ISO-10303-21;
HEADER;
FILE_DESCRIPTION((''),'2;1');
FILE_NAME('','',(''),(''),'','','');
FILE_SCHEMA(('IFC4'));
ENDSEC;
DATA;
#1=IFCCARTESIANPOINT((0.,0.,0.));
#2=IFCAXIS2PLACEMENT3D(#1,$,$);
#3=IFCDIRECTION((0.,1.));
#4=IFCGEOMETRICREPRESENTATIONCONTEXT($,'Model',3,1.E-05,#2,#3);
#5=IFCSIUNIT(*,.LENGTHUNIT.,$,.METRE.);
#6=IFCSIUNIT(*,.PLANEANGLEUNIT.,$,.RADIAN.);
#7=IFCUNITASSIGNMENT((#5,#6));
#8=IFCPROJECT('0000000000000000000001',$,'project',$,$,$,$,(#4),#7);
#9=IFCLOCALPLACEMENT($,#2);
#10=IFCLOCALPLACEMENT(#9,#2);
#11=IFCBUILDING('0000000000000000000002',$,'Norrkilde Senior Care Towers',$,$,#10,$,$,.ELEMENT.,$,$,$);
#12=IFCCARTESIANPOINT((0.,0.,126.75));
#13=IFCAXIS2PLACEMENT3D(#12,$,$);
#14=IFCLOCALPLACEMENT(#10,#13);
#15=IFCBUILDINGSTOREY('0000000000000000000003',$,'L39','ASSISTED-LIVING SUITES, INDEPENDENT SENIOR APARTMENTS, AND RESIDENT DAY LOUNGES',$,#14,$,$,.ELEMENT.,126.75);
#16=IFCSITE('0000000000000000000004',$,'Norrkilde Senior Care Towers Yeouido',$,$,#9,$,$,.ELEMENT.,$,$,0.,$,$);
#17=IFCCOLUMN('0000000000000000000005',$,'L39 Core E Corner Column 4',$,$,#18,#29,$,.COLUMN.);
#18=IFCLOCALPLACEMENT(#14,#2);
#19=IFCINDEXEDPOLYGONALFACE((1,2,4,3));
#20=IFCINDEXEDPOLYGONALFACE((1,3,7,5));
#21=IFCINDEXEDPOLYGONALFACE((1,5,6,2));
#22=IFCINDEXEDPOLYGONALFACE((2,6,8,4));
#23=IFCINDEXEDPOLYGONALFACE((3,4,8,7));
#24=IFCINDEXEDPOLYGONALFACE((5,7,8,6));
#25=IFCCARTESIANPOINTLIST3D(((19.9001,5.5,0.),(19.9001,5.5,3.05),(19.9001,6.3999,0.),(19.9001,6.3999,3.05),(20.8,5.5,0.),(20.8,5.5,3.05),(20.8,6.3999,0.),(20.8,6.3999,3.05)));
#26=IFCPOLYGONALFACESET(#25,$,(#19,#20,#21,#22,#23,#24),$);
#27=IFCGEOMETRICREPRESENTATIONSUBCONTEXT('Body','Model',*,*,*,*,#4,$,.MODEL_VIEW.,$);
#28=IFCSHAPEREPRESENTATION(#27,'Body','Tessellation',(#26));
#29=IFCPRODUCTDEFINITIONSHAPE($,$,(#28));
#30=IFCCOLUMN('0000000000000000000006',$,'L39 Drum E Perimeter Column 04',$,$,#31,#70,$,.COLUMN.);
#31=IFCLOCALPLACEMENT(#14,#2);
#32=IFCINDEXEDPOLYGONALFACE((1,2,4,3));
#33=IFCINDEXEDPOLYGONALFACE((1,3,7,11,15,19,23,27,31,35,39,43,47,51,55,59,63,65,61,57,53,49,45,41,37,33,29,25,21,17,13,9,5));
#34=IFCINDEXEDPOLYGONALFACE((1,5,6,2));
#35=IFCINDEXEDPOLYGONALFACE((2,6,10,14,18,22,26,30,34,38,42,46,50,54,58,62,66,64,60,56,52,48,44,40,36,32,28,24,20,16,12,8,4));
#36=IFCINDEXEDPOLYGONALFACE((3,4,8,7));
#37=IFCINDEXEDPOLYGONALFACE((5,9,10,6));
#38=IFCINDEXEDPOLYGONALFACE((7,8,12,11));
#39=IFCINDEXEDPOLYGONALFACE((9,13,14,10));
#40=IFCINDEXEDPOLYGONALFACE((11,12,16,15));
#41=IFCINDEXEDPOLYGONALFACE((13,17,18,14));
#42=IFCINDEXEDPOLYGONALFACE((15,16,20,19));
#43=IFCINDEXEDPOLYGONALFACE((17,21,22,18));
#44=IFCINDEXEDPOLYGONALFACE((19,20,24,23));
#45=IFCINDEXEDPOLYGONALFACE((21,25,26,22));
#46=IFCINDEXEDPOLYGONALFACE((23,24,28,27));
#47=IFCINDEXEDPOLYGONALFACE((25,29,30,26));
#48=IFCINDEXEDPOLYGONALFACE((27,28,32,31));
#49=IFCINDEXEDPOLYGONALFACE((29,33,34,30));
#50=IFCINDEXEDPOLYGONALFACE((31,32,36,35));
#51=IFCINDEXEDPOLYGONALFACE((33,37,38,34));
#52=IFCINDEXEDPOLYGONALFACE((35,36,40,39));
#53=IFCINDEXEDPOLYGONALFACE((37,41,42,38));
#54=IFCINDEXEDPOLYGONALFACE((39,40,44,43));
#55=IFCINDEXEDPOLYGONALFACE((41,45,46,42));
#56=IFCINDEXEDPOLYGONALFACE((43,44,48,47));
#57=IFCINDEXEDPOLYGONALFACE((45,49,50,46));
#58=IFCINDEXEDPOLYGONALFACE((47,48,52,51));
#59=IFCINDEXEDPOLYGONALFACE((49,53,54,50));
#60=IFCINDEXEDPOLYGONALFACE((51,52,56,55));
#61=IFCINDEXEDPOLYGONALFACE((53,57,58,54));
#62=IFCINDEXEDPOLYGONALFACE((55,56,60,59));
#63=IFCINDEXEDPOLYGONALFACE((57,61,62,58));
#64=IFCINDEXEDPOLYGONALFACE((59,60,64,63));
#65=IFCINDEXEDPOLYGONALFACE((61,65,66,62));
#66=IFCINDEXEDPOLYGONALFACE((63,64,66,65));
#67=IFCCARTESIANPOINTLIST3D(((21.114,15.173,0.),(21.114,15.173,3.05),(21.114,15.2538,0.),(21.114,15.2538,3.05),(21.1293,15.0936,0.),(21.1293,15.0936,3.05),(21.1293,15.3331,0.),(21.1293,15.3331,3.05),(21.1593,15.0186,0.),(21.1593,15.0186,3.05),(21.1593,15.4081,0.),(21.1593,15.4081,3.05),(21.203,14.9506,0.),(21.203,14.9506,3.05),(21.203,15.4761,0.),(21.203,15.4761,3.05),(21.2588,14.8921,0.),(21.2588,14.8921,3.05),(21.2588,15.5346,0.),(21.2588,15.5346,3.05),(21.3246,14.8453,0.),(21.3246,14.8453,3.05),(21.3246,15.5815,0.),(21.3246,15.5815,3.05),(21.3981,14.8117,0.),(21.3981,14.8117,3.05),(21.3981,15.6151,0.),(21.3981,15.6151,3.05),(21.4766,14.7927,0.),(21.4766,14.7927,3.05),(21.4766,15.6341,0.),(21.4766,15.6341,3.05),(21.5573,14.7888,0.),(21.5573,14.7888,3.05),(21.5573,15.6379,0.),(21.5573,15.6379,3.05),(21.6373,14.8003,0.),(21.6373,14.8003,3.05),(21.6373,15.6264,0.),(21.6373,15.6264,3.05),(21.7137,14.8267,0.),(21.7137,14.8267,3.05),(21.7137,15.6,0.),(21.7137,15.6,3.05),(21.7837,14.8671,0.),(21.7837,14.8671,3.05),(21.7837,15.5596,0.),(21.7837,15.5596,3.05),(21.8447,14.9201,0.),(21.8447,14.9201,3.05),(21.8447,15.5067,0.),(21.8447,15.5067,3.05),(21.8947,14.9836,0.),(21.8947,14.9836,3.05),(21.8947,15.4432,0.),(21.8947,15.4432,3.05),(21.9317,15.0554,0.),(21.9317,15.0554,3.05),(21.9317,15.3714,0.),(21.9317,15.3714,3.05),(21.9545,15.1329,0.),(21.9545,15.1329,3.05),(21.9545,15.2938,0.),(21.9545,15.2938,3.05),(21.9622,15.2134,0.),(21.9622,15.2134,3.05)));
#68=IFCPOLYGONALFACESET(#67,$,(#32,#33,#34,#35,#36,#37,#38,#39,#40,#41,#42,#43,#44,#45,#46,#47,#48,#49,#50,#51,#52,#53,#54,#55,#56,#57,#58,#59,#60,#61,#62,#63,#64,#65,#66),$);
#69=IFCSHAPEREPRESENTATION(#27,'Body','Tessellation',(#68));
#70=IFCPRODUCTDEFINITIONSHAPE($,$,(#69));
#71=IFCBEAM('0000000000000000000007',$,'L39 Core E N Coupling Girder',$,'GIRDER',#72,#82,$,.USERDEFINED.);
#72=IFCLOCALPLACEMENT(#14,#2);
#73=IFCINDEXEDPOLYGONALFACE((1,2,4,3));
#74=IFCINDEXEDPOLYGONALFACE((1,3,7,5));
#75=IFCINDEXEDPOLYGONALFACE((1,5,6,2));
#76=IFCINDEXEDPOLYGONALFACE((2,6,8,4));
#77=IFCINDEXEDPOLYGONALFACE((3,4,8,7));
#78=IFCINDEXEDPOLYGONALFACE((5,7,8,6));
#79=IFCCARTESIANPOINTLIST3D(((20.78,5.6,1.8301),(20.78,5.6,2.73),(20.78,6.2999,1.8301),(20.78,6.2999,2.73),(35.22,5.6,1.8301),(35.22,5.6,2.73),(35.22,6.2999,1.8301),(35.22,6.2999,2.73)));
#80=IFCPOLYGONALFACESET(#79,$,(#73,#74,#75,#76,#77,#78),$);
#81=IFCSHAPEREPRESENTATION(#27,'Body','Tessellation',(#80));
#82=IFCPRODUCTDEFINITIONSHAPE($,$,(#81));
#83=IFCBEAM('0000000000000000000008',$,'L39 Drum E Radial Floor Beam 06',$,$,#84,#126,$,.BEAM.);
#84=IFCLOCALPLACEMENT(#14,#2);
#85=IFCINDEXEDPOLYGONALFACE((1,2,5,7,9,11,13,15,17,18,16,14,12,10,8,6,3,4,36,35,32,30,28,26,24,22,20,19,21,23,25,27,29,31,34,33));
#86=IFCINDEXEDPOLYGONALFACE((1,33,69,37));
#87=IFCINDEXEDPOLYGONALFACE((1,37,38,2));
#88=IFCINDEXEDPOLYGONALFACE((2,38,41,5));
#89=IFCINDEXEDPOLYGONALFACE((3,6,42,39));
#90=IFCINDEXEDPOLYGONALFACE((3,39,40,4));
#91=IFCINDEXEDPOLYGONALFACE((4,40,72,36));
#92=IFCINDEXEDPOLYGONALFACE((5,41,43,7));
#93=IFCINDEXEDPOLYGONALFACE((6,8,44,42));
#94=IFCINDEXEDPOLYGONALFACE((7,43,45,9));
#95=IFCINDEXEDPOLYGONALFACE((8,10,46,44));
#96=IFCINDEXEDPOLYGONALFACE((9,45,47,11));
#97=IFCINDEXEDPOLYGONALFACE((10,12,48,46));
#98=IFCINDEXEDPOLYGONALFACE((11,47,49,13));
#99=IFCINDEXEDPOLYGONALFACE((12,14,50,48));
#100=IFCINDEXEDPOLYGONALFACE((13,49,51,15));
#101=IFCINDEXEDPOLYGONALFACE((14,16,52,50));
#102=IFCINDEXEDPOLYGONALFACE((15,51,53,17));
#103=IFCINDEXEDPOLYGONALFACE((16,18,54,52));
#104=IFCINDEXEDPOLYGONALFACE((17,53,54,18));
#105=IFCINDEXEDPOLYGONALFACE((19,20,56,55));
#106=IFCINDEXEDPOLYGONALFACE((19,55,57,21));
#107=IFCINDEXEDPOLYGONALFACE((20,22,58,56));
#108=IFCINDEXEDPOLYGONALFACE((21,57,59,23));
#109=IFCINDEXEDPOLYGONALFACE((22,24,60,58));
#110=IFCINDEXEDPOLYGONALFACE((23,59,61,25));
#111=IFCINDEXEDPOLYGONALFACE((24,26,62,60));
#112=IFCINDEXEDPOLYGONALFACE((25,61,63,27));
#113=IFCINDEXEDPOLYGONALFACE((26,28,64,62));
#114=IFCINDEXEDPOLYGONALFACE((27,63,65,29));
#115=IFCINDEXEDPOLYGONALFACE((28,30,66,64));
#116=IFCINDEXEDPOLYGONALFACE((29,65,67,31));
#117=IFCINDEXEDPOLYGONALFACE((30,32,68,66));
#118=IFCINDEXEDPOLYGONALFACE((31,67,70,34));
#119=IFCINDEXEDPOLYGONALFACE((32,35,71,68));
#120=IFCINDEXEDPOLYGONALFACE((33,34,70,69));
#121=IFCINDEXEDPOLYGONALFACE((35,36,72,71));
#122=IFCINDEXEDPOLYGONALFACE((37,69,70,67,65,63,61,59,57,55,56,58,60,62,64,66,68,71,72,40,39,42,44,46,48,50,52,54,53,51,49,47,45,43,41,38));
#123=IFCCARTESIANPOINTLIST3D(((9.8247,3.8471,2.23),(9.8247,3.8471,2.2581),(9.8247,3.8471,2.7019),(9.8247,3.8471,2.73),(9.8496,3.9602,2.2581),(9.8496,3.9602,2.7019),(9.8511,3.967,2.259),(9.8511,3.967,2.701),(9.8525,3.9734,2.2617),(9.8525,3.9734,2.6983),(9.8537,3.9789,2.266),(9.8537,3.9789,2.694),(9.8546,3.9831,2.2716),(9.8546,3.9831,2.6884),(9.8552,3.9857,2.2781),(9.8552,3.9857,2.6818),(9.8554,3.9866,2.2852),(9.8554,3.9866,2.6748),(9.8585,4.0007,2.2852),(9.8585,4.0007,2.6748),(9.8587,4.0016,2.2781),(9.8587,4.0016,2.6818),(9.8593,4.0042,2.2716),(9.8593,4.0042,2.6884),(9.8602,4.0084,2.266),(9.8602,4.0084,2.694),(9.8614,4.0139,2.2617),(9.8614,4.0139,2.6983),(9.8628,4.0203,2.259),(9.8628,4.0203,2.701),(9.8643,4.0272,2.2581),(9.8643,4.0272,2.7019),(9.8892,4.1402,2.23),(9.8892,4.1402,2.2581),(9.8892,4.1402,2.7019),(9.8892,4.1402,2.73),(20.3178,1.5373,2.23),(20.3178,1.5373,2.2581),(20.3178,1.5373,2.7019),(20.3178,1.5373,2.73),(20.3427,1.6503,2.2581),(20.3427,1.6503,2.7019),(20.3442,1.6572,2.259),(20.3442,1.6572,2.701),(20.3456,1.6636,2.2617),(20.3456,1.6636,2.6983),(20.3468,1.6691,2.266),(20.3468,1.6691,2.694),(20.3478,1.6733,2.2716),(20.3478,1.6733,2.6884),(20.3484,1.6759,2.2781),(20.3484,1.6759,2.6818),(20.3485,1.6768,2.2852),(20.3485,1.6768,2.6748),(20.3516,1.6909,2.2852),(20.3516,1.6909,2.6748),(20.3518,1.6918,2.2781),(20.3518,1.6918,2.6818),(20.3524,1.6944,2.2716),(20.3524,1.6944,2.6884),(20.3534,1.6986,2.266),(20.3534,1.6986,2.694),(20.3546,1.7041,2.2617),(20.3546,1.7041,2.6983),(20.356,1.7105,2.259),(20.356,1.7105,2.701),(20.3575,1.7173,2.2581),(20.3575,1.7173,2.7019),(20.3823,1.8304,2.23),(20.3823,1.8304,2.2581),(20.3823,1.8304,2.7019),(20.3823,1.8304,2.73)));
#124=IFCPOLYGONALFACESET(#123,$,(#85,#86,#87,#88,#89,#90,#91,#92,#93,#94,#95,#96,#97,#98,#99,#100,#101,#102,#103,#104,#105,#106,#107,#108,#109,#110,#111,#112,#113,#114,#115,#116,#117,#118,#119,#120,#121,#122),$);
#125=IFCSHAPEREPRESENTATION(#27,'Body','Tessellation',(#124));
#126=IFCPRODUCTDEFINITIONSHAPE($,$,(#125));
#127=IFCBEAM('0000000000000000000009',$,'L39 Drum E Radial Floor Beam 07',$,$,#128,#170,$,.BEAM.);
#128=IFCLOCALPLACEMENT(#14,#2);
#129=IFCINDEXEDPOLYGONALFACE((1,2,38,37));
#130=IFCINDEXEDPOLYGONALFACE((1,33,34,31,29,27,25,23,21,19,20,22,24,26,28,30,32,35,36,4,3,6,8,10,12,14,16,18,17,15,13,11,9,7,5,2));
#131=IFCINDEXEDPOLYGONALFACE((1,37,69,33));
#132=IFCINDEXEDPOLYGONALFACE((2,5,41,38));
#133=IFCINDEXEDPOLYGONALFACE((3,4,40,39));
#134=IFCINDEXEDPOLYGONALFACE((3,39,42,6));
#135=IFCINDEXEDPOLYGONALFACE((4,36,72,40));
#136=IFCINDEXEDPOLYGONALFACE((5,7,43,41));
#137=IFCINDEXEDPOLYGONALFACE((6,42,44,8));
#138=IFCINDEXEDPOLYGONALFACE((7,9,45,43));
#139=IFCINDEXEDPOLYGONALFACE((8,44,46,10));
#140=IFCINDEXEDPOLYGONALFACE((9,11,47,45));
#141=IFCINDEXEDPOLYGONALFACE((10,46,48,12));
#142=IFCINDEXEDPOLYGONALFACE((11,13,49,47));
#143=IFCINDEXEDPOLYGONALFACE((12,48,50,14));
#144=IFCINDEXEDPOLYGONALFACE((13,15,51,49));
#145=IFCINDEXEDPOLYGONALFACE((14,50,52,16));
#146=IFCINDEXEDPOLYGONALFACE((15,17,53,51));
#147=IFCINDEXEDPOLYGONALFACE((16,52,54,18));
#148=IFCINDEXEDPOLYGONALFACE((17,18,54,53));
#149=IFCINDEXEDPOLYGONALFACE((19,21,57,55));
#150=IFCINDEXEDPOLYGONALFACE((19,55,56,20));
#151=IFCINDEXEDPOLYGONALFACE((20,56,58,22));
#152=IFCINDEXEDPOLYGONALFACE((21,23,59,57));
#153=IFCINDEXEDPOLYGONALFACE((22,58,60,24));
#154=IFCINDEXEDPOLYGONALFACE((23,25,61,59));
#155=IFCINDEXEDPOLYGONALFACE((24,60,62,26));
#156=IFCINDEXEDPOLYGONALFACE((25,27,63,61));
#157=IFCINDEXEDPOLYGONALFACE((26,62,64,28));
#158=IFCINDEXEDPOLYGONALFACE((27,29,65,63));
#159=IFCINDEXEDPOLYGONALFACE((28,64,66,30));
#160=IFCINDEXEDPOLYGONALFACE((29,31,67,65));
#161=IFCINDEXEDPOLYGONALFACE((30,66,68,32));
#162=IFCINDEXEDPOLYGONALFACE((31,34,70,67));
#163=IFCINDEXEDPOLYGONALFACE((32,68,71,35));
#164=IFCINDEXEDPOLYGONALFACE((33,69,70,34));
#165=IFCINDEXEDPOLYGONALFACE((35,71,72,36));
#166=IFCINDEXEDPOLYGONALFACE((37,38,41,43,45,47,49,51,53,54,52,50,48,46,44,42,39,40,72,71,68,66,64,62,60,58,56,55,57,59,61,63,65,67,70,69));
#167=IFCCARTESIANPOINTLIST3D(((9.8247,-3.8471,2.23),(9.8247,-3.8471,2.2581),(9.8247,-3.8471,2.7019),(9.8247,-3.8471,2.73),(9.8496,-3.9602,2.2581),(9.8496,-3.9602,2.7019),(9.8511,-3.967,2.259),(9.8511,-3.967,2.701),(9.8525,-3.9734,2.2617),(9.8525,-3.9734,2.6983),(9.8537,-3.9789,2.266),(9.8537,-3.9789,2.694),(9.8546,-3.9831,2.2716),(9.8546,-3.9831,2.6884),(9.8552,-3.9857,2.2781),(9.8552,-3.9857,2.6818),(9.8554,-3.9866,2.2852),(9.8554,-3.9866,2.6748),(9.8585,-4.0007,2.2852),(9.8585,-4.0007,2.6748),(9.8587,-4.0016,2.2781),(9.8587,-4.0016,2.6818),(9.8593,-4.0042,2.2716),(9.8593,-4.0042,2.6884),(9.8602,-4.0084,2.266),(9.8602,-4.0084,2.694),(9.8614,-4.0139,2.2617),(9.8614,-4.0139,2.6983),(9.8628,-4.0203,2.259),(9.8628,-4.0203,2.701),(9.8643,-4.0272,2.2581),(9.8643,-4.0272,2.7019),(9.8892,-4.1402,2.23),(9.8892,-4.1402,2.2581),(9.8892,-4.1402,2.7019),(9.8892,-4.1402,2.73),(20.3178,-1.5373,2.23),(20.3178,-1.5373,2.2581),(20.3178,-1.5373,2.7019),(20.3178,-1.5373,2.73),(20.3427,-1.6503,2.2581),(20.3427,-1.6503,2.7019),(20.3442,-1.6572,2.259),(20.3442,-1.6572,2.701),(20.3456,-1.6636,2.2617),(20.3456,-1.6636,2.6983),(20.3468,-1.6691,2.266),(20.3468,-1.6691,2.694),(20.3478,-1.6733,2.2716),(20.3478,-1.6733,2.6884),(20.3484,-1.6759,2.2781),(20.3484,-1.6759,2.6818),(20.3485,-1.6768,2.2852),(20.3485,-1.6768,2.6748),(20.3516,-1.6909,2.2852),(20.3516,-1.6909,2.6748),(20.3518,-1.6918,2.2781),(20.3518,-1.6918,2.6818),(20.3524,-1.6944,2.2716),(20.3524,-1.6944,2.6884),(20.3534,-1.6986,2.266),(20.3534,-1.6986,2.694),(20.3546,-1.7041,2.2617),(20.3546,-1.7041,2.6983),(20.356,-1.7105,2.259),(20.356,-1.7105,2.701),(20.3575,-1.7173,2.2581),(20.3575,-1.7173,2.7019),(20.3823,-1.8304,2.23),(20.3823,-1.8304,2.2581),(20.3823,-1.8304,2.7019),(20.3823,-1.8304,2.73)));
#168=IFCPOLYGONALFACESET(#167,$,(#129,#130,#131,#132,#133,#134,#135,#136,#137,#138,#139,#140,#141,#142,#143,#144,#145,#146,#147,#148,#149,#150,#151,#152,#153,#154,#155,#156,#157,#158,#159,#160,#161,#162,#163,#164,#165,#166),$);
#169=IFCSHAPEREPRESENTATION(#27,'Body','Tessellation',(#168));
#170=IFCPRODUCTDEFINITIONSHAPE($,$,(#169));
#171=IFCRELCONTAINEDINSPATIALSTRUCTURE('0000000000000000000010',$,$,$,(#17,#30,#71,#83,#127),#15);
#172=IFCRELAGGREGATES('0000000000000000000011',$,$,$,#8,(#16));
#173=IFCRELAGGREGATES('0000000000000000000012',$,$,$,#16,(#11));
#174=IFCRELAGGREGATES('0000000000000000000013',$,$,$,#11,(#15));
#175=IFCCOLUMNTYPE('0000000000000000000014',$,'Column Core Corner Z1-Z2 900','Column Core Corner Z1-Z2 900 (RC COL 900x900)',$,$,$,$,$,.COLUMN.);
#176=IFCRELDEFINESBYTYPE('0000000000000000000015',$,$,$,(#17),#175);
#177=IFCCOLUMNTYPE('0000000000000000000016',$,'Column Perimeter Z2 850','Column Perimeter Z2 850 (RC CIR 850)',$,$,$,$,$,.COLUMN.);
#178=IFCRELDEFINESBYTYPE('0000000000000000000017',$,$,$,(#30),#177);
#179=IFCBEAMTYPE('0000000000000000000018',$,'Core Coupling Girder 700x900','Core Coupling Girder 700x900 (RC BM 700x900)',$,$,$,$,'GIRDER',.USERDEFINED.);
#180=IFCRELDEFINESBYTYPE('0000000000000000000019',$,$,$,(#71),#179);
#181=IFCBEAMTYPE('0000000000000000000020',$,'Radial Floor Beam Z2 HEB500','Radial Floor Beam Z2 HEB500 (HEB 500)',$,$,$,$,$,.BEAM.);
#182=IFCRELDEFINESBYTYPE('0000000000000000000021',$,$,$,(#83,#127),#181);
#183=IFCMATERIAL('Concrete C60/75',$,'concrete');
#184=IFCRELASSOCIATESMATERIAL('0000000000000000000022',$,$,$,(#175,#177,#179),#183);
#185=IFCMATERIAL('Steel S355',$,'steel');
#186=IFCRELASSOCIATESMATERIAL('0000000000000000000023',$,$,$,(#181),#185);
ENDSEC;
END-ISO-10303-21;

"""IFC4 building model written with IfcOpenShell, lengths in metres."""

from ifc_helpers import new_model, si_unit, direction, frame, origin, origin_2d, place, context, subcontext, project, spatial, rectangle, circle, i_section, extrude, source, transform, mapped, material, material_profile, profile_set, type_object, type_shapes, element, save


model = new_model("IFC4")

# Units and contexts
model_context = context("Model", 3, precision=1e-05, world=origin(), true_north=direction((0.0, 1.0)))
body_context = subcontext(model_context, "Body", "Model", "MODEL_VIEW")
ifc_project = project(units=[si_unit("LENGTHUNIT", "METRE"), si_unit("PLANEANGLEUNIT", "RADIAN")], contexts=[model_context])

# Site, building, storey
site_placement = place(None, origin())
site = spatial("IfcSite", under=ifc_project, at=site_placement, Name="Norrkilde Senior Care Towers Yeouido", CompositionType="ELEMENT", RefElevation=0.0)
building_placement = place(site_placement, origin())
building = spatial("IfcBuilding", under=site, at=building_placement, Name="Norrkilde Senior Care Towers", CompositionType="ELEMENT")
storey_placement = place(building_placement, frame((0.0, 0.0, 126.75)))
storey = spatial("IfcBuildingStorey", under=building, at=storey_placement, Name="L39", Description="ASSISTED-LIVING SUITES, INDEPENDENT SENIOR APARTMENTS, AND RESIDENT DAY LOUNGES", CompositionType="ELEMENT", Elevation=126.75)

# Columns
ifc_material_1 = material(Name="Concrete C60/75", Category="concrete")
ifc_material_profile_1 = material_profile(ifc_material_1, rectangle(XDim=0.8999, YDim=0.8999, at=origin_2d()), Name="RC COL 900x900")
ifc_profile_set_1 = profile_set([ifc_material_profile_1], Name="Concrete C60/75")
column_type_1 = type_object("IfcColumnType", Name="Column Core Corner Z1-Z2 900", Description="Column Core Corner Z1-Z2 900 (RC COL 900x900)", PredefinedType="COLUMN", material=ifc_profile_set_1)
shared_shape_1 = source(origin(), body_context, "Body", "SweptSolid", [
    extrude(rectangle(XDim=0.8999, YDim=0.8999, at=origin_2d()), origin(), (0.0, 0.0, 1.0), 3.05),
])
type_shapes(column_type_1, [shared_shape_1])
column_1_placement = place(storey_placement, frame((20.3501, 5.95, 0.0), z_axis=(0.0, 0.0, 1.0), x_axis=(1.0, 0.0, 0.0)))
element("IfcColumn", 1, at=column_1_placement, inside=storey, type_object=column_type_1, Name="L39 Core E Corner Column 4", PredefinedType="COLUMN", context=body_context, shape_type="MappedRepresentation", body=[
    mapped(shared_shape_1, transform((0.0, 0.0, 0.0), x_axis=(1.0, 0.0, 0.0), y_axis=(0.0, 1.0, 0.0), z_axis=(0.0, 0.0, 1.0), scale=1.0)),
])
ifc_material_profile_2 = material_profile(ifc_material_1, circle(Radius=0.425, at=origin_2d()), Name="RC CIR 850")
ifc_profile_set_2 = profile_set([ifc_material_profile_2], Name="Concrete C60/75")
column_type_2 = type_object("IfcColumnType", Name="Column Perimeter Z2 850", Description="Column Perimeter Z2 850 (RC CIR 850)", PredefinedType="COLUMN", material=ifc_profile_set_2)
shared_shape_2 = source(origin(), body_context, "Body", "SweptSolid", [
    extrude(circle(Radius=0.425, at=origin_2d()), origin(), (0.0, 0.0, 1.0), 3.05),
])
type_shapes(column_type_2, [shared_shape_2])
column_2_placement = place(storey_placement, frame((21.5371, 15.2134, 0.0), z_axis=(0.0, 0.0, 1.0), x_axis=(1.0, 0.0, 0.0)))
element("IfcColumn", 2, at=column_2_placement, inside=storey, type_object=column_type_2, Name="L39 Drum E Perimeter Column 04", PredefinedType="COLUMN", context=body_context, shape_type="MappedRepresentation", body=[
    mapped(shared_shape_2, transform((0.0, 0.0, 0.0), x_axis=(1.0, 0.0, 0.0), y_axis=(0.0, 1.0, 0.0), z_axis=(0.0, 0.0, 1.0), scale=1.0)),
])

# Beams
ifc_material_profile_3 = material_profile(ifc_material_1, rectangle(XDim=0.7, YDim=0.8999, at=origin_2d()), Name="RC BM 700x900")
ifc_profile_set_3 = profile_set([ifc_material_profile_3], Name="Concrete C60/75")
beam_type_1 = type_object("IfcBeamType", Name="Core Coupling Girder 700x900", Description="Core Coupling Girder 700x900 (RC BM 700x900)", ElementType="GIRDER", PredefinedType="USERDEFINED", material=ifc_profile_set_3)
shared_shape_3 = source(origin(), body_context, "Body", "SweptSolid", [
    extrude(rectangle(XDim=0.7, YDim=0.8999, at=origin_2d()), origin(), (0.0, 0.0, 1.0), 14.4399),
])
type_shapes(beam_type_1, [shared_shape_3])
beam_1_placement = place(storey_placement, frame((20.78, 5.95, 2.28), z_axis=(1.0, 0.0, 0.0), x_axis=(0.0, 1.0, 0.0)))
element("IfcBeam", 3, at=beam_1_placement, inside=storey, type_object=beam_type_1, Name="L39 Core E N Coupling Girder", ObjectType="GIRDER", PredefinedType="USERDEFINED", context=body_context, shape_type="MappedRepresentation", body=[
    mapped(shared_shape_3, transform((0.0, 0.0, 0.0), x_axis=(1.0, 0.0, 0.0), y_axis=(0.0, 1.0, 0.0), z_axis=(0.0, 0.0, 1.0), scale=1.0)),
])
ifc_material_2 = material(Name="Steel S355", Category="steel")
ifc_material_profile_4 = material_profile(ifc_material_2, i_section(OverallWidth=0.3, OverallDepth=0.5, WebThickness=0.0144, FlangeThickness=0.0281, FilletRadius=0.0271, at=origin_2d()), Name="HEB 500")
ifc_profile_set_4 = profile_set([ifc_material_profile_4], Name="Steel S355")
beam_type_2 = type_object("IfcBeamType", Name="Radial Floor Beam Z2 HEB500", Description="Radial Floor Beam Z2 HEB500 (HEB 500)", PredefinedType="BEAM", material=ifc_profile_set_4)
shared_shape_4 = source(origin(), body_context, "Body", "SweptSolid", [
    extrude(i_section(OverallWidth=0.3, OverallDepth=0.5, WebThickness=0.0144, FlangeThickness=0.0281, FilletRadius=0.0271, at=origin_2d()), origin(), (0.0, 0.0, 1.0), 10.7444),
])
for number, where, z_axis, x_axis, name in (
    (4, (20.3501, 1.6838, 2.48), (-0.976619, 0.214979, 0.0), (-0.214979, -0.976619, 0.0), "L39 Drum E Radial Floor Beam 06"),
    (5, (20.3501, -1.6838, 2.48), (-0.976619, -0.214979, 0.0), (0.214979, -0.976619, 0.0), "L39 Drum E Radial Floor Beam 07"),
):
    element("IfcBeam", number, at=place(storey_placement, frame(where, z_axis=z_axis, x_axis=x_axis)), inside=storey, type_object=beam_type_2, Name=name, PredefinedType="BEAM", context=body_context, shape_type="MappedRepresentation", body=[
        mapped(shared_shape_4, transform((0.0, 0.0, 0.0), x_axis=(1.0, 0.0, 0.0), y_axis=(0.0, 1.0, 0.0), z_axis=(0.0, 0.0, 1.0), scale=1.0)),
    ])

save(model, "model.ifc")
